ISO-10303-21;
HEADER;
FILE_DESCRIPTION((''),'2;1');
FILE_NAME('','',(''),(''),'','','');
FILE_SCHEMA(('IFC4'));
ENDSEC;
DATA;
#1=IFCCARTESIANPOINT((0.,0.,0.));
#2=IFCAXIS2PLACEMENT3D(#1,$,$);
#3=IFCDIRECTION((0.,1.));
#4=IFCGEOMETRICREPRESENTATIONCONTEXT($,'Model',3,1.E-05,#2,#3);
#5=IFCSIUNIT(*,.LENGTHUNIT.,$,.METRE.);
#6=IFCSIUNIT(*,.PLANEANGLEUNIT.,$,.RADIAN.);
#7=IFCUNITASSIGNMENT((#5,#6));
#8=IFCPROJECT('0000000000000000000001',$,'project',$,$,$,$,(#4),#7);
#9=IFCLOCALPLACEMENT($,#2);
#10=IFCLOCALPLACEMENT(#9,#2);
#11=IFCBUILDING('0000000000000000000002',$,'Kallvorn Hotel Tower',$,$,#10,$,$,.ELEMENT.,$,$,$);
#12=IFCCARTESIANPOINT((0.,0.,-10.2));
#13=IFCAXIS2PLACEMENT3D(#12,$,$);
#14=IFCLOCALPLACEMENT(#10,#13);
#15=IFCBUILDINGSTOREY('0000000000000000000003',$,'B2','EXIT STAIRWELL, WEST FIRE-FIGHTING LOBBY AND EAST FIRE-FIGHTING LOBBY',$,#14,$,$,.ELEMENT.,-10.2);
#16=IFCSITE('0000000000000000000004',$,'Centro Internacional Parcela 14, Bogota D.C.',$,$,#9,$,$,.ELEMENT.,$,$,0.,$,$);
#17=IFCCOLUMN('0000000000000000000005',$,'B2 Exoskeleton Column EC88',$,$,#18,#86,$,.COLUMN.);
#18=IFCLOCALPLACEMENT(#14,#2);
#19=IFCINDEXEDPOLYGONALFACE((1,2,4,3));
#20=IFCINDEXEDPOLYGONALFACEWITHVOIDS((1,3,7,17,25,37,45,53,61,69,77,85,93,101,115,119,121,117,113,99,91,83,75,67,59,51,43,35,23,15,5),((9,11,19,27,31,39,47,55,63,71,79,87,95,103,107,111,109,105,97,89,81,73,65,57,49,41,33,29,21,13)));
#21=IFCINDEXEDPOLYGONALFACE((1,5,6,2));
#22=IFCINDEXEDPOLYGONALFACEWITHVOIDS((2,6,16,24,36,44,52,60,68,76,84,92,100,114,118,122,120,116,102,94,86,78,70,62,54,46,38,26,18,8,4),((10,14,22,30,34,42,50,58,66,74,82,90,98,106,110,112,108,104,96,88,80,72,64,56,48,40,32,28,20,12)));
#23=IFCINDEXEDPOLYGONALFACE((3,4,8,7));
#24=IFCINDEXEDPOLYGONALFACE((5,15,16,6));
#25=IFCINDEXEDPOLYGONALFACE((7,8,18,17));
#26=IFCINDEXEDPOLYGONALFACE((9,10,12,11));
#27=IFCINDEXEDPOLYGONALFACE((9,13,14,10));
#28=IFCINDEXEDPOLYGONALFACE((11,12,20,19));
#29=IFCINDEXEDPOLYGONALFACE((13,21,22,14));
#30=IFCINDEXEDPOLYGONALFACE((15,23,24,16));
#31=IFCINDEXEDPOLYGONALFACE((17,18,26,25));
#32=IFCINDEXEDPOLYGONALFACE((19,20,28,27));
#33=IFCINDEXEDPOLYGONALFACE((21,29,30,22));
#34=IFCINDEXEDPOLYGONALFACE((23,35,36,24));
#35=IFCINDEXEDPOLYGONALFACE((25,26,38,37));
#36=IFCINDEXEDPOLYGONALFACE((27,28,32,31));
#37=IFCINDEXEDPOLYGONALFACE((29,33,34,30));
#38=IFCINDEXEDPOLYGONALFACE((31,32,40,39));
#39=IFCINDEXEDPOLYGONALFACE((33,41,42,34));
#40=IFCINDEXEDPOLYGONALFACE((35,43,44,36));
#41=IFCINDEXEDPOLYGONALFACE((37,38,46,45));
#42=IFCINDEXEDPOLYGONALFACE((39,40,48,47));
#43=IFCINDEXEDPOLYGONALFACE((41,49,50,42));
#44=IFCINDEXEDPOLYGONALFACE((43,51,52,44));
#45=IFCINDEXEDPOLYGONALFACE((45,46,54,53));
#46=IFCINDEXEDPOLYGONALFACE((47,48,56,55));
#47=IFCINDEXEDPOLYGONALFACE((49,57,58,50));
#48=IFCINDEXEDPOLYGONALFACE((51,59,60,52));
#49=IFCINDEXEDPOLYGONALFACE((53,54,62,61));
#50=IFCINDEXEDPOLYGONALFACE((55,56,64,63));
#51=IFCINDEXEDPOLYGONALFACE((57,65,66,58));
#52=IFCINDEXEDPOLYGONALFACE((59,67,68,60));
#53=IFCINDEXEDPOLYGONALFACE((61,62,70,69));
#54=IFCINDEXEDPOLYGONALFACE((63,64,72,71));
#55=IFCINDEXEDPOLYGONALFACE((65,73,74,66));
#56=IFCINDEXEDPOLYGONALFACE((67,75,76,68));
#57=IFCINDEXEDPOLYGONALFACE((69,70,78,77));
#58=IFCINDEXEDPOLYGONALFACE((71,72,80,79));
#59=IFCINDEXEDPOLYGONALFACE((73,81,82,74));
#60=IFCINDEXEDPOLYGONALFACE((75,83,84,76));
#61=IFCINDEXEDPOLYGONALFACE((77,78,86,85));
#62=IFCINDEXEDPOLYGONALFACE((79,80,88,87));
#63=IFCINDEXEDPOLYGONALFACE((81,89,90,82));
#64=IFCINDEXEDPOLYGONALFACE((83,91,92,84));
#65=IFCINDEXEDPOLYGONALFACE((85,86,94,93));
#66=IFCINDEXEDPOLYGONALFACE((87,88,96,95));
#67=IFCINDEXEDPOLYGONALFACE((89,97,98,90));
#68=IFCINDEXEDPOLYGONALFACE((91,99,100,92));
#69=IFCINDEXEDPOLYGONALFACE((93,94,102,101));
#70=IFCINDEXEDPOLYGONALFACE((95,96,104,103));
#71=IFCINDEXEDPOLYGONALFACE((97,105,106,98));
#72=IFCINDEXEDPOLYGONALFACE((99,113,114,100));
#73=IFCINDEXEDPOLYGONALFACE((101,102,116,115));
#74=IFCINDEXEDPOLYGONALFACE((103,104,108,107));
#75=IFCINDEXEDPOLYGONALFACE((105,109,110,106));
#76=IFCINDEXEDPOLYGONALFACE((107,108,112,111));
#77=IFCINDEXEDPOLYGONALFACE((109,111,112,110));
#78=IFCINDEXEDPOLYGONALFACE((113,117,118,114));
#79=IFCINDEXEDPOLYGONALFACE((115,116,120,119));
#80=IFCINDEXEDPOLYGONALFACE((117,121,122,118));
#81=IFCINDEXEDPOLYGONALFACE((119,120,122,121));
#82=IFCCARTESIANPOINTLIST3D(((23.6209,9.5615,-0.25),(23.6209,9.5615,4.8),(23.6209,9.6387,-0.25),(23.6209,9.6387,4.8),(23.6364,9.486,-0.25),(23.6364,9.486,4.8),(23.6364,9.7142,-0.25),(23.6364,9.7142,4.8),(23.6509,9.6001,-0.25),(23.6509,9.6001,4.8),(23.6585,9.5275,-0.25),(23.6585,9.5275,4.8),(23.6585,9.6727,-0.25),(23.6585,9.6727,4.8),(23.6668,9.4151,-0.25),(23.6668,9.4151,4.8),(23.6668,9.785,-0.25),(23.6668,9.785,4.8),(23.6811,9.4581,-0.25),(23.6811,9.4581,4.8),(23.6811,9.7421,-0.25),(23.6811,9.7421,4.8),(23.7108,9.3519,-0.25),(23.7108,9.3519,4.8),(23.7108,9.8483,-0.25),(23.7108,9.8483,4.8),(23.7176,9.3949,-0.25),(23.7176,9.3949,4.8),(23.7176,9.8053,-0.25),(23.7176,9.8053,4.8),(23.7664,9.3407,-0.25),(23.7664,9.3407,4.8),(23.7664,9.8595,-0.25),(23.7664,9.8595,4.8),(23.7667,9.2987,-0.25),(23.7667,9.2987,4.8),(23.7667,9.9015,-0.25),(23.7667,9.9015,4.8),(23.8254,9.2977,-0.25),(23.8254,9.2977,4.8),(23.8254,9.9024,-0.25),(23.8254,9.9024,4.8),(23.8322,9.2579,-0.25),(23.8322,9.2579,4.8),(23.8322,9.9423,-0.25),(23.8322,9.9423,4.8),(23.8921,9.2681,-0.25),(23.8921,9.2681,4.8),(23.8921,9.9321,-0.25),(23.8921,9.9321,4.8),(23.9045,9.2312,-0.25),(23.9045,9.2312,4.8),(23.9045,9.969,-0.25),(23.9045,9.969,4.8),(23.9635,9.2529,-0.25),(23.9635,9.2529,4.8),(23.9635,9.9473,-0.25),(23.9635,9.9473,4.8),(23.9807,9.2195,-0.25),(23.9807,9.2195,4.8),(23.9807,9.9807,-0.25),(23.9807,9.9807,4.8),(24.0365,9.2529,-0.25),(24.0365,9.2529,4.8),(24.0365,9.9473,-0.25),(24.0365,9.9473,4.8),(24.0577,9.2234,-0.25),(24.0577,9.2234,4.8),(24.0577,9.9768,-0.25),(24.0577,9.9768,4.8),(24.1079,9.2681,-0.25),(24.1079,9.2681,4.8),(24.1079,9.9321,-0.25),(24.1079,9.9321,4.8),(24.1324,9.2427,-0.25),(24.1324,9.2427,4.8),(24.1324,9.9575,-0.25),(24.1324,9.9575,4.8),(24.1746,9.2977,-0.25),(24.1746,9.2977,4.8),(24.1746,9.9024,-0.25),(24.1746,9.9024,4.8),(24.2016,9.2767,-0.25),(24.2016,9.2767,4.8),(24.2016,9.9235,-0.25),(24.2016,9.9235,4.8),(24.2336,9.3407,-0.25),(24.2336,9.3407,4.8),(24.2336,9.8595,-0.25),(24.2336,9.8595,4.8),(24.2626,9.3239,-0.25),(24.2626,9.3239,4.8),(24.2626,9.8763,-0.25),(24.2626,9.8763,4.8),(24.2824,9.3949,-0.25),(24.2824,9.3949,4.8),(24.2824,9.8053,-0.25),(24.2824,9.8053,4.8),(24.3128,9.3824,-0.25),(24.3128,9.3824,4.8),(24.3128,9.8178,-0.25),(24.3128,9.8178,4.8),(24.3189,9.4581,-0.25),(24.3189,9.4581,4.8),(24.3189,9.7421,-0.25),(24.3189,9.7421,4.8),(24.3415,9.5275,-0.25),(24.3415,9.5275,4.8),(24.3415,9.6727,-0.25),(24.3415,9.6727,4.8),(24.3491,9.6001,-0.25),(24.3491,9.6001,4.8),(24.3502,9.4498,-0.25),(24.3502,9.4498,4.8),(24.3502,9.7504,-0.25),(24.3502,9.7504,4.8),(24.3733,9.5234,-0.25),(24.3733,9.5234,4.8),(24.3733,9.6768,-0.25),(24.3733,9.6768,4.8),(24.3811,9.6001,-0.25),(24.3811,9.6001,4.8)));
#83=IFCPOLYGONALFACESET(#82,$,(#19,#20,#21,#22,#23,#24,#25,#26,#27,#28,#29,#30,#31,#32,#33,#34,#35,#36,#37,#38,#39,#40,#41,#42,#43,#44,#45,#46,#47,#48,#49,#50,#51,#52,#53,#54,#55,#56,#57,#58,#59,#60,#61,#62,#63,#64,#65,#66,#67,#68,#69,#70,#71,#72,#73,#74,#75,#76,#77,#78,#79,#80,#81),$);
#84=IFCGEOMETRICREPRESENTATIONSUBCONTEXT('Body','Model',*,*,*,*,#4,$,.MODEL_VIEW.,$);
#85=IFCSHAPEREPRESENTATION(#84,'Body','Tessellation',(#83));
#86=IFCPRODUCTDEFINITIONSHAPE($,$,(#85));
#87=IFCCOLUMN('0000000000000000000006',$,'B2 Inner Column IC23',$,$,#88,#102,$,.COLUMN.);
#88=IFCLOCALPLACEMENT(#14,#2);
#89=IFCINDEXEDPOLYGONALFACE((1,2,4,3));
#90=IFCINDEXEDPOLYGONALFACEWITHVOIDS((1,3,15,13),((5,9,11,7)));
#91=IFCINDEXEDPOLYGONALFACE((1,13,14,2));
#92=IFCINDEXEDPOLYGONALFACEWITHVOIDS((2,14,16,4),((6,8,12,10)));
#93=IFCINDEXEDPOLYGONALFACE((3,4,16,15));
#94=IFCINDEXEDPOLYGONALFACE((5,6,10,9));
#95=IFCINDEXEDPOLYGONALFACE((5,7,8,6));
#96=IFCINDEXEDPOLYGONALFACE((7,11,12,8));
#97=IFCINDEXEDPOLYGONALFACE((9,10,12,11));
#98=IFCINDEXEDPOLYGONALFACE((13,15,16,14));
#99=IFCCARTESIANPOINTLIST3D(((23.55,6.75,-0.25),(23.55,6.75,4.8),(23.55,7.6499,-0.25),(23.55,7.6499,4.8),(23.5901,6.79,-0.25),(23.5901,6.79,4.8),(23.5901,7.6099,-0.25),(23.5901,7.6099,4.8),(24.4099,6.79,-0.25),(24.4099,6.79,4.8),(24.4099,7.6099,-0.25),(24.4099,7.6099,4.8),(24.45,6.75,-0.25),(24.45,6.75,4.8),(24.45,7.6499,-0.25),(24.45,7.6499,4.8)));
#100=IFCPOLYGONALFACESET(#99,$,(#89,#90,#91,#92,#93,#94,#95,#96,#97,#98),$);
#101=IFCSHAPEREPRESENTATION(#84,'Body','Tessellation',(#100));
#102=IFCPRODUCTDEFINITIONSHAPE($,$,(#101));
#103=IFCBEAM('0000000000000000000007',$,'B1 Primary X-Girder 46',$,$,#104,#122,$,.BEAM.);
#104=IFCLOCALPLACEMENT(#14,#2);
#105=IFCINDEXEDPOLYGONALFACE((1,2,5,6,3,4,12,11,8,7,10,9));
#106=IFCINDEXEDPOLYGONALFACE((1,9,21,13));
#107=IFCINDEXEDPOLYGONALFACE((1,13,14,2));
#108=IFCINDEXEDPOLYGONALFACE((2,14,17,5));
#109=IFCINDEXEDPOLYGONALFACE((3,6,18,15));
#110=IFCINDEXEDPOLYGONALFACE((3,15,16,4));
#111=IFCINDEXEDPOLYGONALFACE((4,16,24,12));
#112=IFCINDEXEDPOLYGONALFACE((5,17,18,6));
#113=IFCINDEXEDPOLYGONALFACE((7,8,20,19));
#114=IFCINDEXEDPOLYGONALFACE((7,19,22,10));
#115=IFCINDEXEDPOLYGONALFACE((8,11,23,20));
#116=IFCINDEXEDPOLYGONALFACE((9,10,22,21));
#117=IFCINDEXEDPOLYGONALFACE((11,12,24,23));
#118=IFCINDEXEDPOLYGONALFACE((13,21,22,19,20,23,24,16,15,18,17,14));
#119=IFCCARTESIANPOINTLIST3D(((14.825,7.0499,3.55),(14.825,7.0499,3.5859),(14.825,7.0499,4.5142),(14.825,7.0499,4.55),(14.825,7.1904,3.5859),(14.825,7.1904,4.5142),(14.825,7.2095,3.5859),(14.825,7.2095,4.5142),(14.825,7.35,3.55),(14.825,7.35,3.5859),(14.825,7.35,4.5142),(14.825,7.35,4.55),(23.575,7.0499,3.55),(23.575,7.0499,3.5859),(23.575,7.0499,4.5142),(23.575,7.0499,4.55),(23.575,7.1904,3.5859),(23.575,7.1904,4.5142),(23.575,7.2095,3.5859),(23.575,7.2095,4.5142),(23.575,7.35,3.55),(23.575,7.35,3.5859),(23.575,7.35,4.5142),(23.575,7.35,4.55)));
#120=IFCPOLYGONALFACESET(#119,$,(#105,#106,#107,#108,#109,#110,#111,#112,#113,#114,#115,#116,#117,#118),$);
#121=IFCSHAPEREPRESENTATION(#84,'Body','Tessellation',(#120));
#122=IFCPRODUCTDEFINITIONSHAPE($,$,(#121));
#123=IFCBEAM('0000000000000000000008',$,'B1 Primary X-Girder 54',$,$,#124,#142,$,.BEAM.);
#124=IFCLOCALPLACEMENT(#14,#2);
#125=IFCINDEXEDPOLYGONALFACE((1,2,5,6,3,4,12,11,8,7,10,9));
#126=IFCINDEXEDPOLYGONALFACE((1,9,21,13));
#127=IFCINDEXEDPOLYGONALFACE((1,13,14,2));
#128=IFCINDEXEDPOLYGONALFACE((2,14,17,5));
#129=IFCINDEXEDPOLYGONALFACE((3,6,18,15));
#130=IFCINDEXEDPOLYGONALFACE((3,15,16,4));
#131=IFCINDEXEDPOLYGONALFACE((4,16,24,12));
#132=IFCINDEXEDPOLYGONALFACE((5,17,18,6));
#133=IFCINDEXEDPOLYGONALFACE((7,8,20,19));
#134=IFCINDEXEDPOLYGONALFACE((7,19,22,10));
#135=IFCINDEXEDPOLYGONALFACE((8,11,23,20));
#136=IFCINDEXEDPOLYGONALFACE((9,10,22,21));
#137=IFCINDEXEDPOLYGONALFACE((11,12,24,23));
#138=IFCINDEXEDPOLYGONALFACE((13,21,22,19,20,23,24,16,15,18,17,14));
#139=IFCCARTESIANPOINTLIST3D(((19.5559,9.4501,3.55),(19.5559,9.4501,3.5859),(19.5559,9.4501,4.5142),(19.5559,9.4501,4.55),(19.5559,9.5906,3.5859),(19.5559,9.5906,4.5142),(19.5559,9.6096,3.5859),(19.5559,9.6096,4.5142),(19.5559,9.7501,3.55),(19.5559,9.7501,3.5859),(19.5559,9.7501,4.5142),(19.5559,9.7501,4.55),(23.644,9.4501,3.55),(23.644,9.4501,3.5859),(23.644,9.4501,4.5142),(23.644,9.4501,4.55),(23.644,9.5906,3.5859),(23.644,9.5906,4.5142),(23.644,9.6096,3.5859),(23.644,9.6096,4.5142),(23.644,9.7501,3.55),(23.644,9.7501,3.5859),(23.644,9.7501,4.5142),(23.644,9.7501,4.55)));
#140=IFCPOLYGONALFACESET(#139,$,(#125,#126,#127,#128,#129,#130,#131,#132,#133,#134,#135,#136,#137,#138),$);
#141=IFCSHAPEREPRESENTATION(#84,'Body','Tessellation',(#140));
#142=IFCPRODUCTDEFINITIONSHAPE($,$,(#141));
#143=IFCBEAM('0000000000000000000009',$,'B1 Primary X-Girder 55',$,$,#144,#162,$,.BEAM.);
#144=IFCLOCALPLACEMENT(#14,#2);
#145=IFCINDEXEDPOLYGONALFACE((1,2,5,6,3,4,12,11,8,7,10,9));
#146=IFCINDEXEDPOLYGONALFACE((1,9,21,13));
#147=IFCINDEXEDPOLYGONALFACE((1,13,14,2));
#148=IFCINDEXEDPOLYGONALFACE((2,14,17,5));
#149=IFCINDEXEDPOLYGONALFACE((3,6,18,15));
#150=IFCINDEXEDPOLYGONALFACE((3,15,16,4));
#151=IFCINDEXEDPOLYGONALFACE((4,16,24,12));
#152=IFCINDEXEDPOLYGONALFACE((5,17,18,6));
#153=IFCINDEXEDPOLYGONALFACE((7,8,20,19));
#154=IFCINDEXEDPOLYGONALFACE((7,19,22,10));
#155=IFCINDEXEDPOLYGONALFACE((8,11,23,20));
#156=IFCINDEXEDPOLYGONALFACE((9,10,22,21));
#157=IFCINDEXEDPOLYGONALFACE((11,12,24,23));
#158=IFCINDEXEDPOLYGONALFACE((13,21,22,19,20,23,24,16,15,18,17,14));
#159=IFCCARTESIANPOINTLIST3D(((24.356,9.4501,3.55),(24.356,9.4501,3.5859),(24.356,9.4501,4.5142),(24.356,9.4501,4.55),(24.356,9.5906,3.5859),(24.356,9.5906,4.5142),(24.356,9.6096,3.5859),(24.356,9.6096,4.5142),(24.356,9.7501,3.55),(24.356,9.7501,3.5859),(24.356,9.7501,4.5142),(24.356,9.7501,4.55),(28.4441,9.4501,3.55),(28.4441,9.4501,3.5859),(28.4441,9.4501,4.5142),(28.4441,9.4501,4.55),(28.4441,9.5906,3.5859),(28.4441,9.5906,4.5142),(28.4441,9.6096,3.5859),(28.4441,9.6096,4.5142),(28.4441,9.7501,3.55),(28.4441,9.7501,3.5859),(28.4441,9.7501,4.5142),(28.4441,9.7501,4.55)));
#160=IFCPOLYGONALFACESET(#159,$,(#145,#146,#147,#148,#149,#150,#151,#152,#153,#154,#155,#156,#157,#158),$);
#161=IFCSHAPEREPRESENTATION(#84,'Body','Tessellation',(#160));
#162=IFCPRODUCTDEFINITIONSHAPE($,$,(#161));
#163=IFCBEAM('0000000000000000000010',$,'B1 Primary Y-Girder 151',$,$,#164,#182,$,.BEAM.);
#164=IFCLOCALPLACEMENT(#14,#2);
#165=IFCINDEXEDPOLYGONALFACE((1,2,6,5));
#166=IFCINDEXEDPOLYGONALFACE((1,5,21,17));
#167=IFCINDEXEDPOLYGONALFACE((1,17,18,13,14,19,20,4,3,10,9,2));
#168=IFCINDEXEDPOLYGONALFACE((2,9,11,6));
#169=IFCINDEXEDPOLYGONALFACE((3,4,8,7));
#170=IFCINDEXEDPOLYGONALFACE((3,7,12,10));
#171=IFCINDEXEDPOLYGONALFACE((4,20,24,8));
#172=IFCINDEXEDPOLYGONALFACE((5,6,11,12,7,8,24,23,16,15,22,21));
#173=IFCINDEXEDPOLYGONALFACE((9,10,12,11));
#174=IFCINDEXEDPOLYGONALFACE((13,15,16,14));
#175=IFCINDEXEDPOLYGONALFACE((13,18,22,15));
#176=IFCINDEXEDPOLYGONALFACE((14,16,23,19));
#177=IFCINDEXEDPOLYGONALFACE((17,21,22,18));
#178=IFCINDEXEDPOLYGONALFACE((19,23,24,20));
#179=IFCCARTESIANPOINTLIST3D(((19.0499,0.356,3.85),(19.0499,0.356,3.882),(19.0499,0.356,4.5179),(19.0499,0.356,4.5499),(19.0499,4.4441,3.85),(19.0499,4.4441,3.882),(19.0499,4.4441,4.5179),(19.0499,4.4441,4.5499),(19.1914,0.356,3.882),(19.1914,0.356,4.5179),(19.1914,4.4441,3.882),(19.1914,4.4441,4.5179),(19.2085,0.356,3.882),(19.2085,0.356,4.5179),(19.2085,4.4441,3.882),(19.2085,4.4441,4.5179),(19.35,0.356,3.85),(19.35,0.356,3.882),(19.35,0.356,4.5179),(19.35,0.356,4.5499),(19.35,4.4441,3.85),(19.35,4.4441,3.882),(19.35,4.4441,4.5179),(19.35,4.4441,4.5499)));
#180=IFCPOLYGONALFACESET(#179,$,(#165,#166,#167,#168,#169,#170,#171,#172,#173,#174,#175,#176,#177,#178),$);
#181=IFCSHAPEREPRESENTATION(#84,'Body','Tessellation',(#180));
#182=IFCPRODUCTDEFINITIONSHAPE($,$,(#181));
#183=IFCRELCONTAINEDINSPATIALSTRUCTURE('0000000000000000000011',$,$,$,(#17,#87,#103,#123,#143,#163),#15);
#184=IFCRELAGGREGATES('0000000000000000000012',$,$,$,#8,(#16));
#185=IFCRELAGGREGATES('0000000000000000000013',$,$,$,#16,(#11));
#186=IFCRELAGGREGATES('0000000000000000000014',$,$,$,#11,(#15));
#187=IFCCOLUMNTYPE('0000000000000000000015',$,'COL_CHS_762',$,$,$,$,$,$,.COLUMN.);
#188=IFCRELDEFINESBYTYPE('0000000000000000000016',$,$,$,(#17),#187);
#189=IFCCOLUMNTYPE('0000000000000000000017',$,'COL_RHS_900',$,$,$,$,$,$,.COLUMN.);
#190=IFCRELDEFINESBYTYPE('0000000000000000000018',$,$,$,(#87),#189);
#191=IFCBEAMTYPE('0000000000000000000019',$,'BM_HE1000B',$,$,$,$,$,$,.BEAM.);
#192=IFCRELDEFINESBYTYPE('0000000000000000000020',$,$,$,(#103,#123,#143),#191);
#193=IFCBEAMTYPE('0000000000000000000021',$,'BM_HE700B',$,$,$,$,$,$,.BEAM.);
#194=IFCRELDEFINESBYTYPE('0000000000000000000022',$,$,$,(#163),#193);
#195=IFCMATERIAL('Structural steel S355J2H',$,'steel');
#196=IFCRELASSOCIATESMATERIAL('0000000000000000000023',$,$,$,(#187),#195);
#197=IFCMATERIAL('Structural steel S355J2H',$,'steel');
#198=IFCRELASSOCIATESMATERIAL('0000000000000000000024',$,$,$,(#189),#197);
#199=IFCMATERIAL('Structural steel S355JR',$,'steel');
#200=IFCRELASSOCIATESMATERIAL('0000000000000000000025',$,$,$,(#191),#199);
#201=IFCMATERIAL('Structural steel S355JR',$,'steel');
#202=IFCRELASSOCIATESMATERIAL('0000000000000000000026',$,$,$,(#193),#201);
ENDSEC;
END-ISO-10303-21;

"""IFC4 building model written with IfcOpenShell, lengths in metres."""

from ifc_helpers import new_model, si_unit, direction, frame, origin, origin_2d, place, context, subcontext, project, spatial, hollow_rectangle, hollow_circle, i_section, extrude, material, material_profile, profile_set, type_object, element, save


model = new_model("IFC4")

# Units and contexts
model_context = context("Model", 3, precision=1e-05, world=origin(), true_north=direction((0.0, 1.0)))
body_context = subcontext(model_context, "Body", "Model", "MODEL_VIEW")
ifc_project = project(units=[si_unit("LENGTHUNIT", "METRE"), si_unit("PLANEANGLEUNIT", "RADIAN")], contexts=[model_context])

# Site, building, storey
site_placement = place(None, origin())
site = spatial("IfcSite", under=ifc_project, at=site_placement, Name="Centro Internacional Parcela 14, Bogota D.C.", CompositionType="ELEMENT", RefElevation=0.0)
building_placement = place(site_placement, origin())
building = spatial("IfcBuilding", under=site, at=building_placement, Name="Kallvorn Hotel Tower", CompositionType="ELEMENT")
storey_placement = place(building_placement, frame((0.0, 0.0, -10.2)))
storey = spatial("IfcBuildingStorey", under=building, at=storey_placement, Name="B2", Description="EXIT STAIRWELL, WEST FIRE-FIGHTING LOBBY AND EAST FIRE-FIGHTING LOBBY", CompositionType="ELEMENT", Elevation=-10.2)

# Columns
ifc_material_1 = material(Name="Structural steel S355J2H", Category="steel")
ifc_material_profile_1 = material_profile(ifc_material_1, hollow_circle(Radius=0.3811, WallThickness=0.032, at=origin_2d()), Name="CHS 762x32")
ifc_profile_set_1 = profile_set([ifc_material_profile_1], Name="Structural steel S355J2H")
column_type_1 = type_object("IfcColumnType", Name="COL_CHS_762", PredefinedType="COLUMN", material=ifc_profile_set_1)
for number, where, z_axis, x_axis, name in (
    (1, (24.0, 9.6001, -0.25), (0.0, 0.0, 1.0), (1.0, 0.0, 0.0), "B2 Exoskeleton Column EC88"),
):
    element("IfcColumn", number, at=place(storey_placement, frame(where, z_axis=z_axis, x_axis=x_axis)), inside=storey, type_object=column_type_1, Name=name, PredefinedType="COLUMN", context=body_context, shape_type="SweptSolid", body=[
        extrude(hollow_circle(Radius=0.3811, WallThickness=0.032, at=origin_2d()), origin(), (0.0, 0.0, 1.0), 5.05),
    ])
ifc_material_2 = material(Name="Structural steel S355J2H", Category="steel")
ifc_material_profile_2 = material_profile(ifc_material_2, hollow_rectangle(XDim=0.8999, YDim=0.8999, WallThickness=0.04, at=origin_2d()), Name="RHS 900x900x40")
ifc_profile_set_2 = profile_set([ifc_material_profile_2], Name="Structural steel S355J2H")
column_type_2 = type_object("IfcColumnType", Name="COL_RHS_900", PredefinedType="COLUMN", material=ifc_profile_set_2)
column_placement = place(storey_placement, frame((24.0, 7.2, -0.25), z_axis=(0.0, 0.0, 1.0), x_axis=(1.0, 0.0, 0.0)))
element("IfcColumn", 2, at=column_placement, inside=storey, type_object=column_type_2, Name="B2 Inner Column IC23", PredefinedType="COLUMN", context=body_context, shape_type="SweptSolid", body=[
    extrude(hollow_rectangle(XDim=0.8999, YDim=0.8999, WallThickness=0.04, at=origin_2d()), origin(), (0.0, 0.0, 1.0), 5.05),
])

# Beams
ifc_material_3 = material(Name="Structural steel S355JR", Category="steel")
ifc_material_profile_3 = material_profile(ifc_material_3, i_section(OverallWidth=0.3, OverallDepth=1.0, WebThickness=0.019, FlangeThickness=0.0359, at=origin_2d()), Name="HE 1000 B")
ifc_profile_set_3 = profile_set([ifc_material_profile_3], Name="Structural steel S355JR")
beam_type_1 = type_object("IfcBeamType", Name="BM_HE1000B", PredefinedType="BEAM", material=ifc_profile_set_3)
beam_1_placement = place(storey_placement, frame((14.825, 7.2, 4.05), z_axis=(1.0, 0.0, 0.0), x_axis=(0.0, 1.0, 0.0)))
element("IfcBeam", 3, at=beam_1_placement, inside=storey, type_object=beam_type_1, Name="B1 Primary X-Girder 46", PredefinedType="BEAM", context=body_context, shape_type="SweptSolid", body=[
    extrude(i_section(OverallWidth=0.3, OverallDepth=1.0, WebThickness=0.019, FlangeThickness=0.0359, at=origin_2d()), origin(), (0.0, 0.0, 1.0), 8.75),
])
for number, where, z_axis, x_axis, name in (
    (4, (19.5559, 9.6001, 4.05), (1.0, 0.0, 0.0), (0.0, 1.0, 0.0), "B1 Primary X-Girder 54"),
    (5, (24.356, 9.6001, 4.05), (1.0, 0.0, 0.0), (0.0, 1.0, 0.0), "B1 Primary X-Girder 55"),
):
    element("IfcBeam", number, at=place(storey_placement, frame(where, z_axis=z_axis, x_axis=x_axis)), inside=storey, type_object=beam_type_1, Name=name, PredefinedType="BEAM", context=body_context, shape_type="SweptSolid", body=[
        extrude(i_section(OverallWidth=0.3, OverallDepth=1.0, WebThickness=0.019, FlangeThickness=0.0359, at=origin_2d()), origin(), (0.0, 0.0, 1.0), 4.0881),
    ])
ifc_material_4 = material(Name="Structural steel S355JR", Category="steel")
ifc_material_profile_4 = material_profile(ifc_material_4, i_section(OverallWidth=0.3, OverallDepth=0.7, WebThickness=0.0171, FlangeThickness=0.032, at=origin_2d()), Name="HE 700 B")
ifc_profile_set_4 = profile_set([ifc_material_profile_4], Name="Structural steel S355JR")
beam_type_2 = type_object("IfcBeamType", Name="BM_HE700B", PredefinedType="BEAM", material=ifc_profile_set_4)
beam_2_placement = place(storey_placement, frame((19.2, 0.356, 4.2), z_axis=(0.0, 1.0, 0.0), x_axis=(-1.0, 0.0, 0.0)))
element("IfcBeam", 6, at=beam_2_placement, inside=storey, type_object=beam_type_2, Name="B1 Primary Y-Girder 151", PredefinedType="BEAM", context=body_context, shape_type="SweptSolid", body=[
    extrude(i_section(OverallWidth=0.3, OverallDepth=0.7, WebThickness=0.0171, FlangeThickness=0.032, at=origin_2d()), origin(), (0.0, 0.0, 1.0), 4.0881),
])

save(model, "model.ifc")
